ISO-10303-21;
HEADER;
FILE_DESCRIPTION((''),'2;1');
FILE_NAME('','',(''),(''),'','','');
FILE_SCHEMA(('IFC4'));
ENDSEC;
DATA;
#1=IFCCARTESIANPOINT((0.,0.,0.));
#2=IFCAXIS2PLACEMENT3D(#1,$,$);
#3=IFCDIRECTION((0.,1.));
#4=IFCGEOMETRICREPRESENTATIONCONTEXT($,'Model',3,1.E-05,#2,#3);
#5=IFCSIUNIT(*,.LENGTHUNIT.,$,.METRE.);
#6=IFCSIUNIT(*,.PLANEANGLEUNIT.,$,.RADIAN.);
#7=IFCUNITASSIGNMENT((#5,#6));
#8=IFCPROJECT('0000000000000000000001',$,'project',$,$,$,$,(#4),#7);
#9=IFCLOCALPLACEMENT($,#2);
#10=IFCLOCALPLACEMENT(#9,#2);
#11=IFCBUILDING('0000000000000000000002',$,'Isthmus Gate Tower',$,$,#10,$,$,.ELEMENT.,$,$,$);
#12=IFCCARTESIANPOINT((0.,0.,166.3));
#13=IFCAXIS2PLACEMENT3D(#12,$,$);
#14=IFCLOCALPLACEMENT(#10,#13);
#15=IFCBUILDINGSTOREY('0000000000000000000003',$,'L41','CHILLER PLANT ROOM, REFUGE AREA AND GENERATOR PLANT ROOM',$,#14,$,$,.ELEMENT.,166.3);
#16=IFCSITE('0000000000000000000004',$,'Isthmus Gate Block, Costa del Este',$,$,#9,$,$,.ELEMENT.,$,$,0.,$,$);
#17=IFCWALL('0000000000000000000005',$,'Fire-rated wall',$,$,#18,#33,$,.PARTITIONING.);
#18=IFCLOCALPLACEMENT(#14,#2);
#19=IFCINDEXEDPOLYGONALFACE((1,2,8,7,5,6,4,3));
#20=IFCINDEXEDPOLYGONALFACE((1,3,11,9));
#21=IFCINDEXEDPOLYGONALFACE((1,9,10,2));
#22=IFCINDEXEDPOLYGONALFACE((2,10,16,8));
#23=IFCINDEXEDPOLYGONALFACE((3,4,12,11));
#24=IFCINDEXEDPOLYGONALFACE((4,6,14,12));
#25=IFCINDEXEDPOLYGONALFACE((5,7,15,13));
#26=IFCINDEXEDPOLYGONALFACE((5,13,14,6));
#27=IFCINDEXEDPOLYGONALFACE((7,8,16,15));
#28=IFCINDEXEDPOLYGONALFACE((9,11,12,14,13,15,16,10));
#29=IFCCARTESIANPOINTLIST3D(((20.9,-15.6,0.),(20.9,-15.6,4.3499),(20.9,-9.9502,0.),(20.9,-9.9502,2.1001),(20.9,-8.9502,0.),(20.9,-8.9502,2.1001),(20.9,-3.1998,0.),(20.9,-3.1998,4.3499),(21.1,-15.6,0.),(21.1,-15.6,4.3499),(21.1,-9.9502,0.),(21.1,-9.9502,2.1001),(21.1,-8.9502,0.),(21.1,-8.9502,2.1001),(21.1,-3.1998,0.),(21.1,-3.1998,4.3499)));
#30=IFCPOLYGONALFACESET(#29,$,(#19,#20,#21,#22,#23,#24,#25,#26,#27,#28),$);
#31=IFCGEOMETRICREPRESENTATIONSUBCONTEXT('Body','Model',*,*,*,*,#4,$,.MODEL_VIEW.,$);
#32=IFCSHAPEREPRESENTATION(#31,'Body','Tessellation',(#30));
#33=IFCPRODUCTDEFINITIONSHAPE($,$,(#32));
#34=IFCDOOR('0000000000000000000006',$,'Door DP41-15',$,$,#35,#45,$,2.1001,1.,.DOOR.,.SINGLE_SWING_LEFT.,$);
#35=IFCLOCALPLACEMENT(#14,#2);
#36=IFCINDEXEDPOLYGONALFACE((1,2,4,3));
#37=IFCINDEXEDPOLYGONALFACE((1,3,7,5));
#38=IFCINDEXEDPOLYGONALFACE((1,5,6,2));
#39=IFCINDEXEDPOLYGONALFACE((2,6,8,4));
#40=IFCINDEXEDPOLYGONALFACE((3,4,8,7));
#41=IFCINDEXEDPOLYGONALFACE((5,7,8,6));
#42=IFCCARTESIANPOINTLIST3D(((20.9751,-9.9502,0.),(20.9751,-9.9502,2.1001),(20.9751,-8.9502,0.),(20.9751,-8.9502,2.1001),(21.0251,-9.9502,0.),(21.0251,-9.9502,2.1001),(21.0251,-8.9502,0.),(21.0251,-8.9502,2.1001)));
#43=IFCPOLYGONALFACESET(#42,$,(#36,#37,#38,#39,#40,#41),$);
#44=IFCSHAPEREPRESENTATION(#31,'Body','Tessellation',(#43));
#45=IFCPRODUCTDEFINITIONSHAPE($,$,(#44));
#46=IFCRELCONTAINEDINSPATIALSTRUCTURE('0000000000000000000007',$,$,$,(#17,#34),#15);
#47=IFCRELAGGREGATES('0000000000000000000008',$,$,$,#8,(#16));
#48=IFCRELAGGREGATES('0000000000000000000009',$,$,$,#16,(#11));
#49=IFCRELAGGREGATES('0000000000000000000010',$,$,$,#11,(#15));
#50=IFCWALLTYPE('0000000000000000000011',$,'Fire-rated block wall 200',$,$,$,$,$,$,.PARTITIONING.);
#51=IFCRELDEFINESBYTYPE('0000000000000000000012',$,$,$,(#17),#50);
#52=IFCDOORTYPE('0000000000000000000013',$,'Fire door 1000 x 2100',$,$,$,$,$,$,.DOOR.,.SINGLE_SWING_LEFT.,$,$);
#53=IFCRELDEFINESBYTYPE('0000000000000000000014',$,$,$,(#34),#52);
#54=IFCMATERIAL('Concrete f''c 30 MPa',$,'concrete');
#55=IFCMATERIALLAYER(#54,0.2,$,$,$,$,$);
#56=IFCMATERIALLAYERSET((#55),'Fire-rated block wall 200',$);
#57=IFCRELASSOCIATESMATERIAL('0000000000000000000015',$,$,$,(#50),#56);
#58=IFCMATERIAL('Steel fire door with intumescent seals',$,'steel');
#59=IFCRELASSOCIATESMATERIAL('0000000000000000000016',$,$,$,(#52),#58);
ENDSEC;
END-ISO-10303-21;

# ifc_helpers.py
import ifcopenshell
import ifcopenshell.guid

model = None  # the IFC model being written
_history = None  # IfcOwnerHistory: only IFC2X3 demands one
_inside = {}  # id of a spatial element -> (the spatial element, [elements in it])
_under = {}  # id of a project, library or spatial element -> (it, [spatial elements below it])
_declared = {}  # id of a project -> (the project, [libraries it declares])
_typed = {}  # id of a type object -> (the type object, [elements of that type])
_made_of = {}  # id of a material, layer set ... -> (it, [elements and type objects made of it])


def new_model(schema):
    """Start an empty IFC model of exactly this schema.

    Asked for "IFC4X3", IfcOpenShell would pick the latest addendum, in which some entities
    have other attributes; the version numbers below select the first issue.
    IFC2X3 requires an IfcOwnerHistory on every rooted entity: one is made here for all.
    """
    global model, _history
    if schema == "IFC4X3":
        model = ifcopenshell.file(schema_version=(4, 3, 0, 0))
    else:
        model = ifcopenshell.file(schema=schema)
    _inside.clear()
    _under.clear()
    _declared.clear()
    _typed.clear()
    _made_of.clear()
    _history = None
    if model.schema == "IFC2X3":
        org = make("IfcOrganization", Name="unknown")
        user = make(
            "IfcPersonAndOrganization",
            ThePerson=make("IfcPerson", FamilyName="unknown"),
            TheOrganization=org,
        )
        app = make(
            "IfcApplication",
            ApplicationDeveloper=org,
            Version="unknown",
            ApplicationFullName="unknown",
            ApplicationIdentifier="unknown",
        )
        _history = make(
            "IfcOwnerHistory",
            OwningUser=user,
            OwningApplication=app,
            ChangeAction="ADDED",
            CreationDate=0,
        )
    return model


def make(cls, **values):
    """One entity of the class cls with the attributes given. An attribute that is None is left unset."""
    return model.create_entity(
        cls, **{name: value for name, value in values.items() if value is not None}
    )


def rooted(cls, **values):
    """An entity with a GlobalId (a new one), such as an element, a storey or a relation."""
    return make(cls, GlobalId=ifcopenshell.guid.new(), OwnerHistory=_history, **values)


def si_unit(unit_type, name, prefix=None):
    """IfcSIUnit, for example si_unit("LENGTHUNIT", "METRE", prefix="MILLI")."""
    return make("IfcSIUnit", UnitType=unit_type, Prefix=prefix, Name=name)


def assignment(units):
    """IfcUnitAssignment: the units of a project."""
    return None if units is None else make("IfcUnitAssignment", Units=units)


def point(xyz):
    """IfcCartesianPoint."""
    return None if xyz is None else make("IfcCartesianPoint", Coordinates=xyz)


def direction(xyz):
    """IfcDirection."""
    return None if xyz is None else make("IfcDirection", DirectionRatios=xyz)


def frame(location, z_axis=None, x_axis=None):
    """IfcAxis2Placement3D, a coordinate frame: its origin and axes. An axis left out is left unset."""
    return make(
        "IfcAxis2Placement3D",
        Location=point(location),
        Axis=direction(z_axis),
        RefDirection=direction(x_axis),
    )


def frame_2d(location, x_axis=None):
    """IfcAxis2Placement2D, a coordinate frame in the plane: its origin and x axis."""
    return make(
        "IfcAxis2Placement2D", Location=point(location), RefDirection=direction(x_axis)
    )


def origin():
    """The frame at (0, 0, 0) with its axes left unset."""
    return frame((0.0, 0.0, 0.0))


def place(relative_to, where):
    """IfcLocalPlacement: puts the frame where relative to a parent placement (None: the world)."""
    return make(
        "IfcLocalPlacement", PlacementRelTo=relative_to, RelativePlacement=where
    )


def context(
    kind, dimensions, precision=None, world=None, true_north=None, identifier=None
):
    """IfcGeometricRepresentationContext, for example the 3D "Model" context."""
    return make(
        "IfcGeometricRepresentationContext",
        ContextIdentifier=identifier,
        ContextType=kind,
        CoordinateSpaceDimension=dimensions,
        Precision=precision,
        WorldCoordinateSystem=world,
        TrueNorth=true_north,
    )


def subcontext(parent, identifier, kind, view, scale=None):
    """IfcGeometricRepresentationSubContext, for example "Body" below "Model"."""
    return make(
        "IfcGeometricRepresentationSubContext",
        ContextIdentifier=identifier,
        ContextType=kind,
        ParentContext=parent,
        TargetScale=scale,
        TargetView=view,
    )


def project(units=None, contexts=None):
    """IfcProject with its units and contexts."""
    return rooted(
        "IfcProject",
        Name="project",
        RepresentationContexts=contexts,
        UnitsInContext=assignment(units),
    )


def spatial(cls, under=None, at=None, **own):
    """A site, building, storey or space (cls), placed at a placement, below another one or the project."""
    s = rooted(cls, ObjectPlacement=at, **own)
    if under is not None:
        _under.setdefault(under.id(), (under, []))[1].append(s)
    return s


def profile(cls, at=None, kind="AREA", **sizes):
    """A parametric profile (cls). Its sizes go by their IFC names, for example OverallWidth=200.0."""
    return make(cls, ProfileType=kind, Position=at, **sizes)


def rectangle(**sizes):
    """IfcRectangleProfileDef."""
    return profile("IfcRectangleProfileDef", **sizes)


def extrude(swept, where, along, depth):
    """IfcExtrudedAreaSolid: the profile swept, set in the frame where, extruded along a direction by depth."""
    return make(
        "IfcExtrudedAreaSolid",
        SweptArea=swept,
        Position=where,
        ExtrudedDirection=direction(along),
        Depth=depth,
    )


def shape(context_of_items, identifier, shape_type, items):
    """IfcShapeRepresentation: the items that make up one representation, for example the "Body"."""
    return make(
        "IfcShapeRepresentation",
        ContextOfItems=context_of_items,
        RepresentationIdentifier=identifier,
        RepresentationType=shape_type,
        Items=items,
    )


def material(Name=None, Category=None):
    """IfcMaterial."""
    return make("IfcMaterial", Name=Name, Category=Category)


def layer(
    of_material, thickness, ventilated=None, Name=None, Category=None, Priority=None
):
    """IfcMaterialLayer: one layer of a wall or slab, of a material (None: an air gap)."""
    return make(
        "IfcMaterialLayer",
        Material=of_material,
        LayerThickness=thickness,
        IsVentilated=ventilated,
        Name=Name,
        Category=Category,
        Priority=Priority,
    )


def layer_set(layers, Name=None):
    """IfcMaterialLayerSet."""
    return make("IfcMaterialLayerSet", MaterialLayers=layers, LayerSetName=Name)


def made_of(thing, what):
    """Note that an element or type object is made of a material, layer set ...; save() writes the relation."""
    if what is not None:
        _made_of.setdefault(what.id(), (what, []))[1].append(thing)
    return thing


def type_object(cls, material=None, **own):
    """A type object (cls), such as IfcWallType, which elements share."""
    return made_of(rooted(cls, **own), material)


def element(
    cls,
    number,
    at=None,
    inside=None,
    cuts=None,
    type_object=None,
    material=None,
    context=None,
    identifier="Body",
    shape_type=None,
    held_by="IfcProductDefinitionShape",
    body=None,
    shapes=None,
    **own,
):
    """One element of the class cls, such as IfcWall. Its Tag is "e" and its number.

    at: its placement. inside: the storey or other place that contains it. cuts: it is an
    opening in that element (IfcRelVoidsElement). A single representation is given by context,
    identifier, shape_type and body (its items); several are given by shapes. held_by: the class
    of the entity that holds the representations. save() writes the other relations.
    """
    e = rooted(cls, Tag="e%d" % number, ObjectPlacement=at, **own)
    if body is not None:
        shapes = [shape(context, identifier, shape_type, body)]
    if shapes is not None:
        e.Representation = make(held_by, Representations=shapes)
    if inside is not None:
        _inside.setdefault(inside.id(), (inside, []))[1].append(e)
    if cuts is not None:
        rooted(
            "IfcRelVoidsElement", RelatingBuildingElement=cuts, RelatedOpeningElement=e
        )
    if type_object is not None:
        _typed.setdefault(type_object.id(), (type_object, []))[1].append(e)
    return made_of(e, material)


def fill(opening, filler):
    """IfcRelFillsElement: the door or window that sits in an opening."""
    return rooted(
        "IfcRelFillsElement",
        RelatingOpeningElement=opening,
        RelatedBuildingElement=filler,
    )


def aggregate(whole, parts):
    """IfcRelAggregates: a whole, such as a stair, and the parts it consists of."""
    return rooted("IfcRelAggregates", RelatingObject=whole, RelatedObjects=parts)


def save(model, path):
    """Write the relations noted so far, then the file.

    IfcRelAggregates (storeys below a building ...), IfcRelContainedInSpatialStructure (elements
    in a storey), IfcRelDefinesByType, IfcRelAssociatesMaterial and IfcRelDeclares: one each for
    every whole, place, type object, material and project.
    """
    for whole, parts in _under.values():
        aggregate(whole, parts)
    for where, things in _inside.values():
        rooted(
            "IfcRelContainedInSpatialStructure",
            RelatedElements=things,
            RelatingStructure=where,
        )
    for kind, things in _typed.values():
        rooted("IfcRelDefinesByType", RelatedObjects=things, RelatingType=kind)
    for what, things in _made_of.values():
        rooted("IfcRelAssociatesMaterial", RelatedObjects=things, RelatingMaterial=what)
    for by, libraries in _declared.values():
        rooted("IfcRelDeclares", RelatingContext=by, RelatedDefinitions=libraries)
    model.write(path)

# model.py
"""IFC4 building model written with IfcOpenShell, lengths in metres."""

from ifc_helpers import new_model, si_unit, direction, frame, frame_2d, origin, place, context, subcontext, project, spatial, rectangle, extrude, material, layer, layer_set, type_object, element, fill, save


model = new_model("IFC4")

# Units and contexts
model_context = context("Model", 3, precision=1e-05, world=origin(), true_north=direction((0.0, 1.0)))
body_context = subcontext(model_context, "Body", "Model", "MODEL_VIEW")
ifc_project = project(units=[si_unit("LENGTHUNIT", "METRE"), si_unit("PLANEANGLEUNIT", "RADIAN")], contexts=[model_context])

# Site, building, storey
site_placement = place(None, origin())
site = spatial("IfcSite", under=ifc_project, at=site_placement, Name="Isthmus Gate Block, Costa del Este", CompositionType="ELEMENT", RefElevation=0.0)
building_placement = place(site_placement, origin())
building = spatial("IfcBuilding", under=site, at=building_placement, Name="Isthmus Gate Tower", CompositionType="ELEMENT")
storey_placement = place(building_placement, frame((0.0, 0.0, 166.3)))
storey = spatial("IfcBuildingStorey", under=building, at=storey_placement, Name="L41", Description="CHILLER PLANT ROOM, REFUGE AREA AND GENERATOR PLANT ROOM", CompositionType="ELEMENT", Elevation=166.3)

# Shared definitions
ifc_material_1 = material(Name="Concrete f'c 30 MPa", Category="concrete")
ifc_layer_1 = layer(ifc_material_1, 0.2)
ifc_layer_set_1 = layer_set([ifc_layer_1], Name="Fire-rated block wall 200")
wall_type = type_object("IfcWallType", Name="Fire-rated block wall 200", PredefinedType="PARTITIONING", material=ifc_layer_set_1)

# Wall, opening, door
ifc_material_2 = material(Name="Steel fire door with intumescent seals", Category="steel")
door_type = type_object("IfcDoorType", Name="Fire door 1000 x 2100", OperationType="SINGLE_SWING_LEFT", PredefinedType="DOOR", material=ifc_material_2)
wall_1_placement = place(storey_placement, frame((21.0, -15.6001, 0.0), z_axis=(0.0, 0.0, 1.0), x_axis=(0.0, 1.0, 0.0)))
wall_1 = element("IfcWall", 1, at=wall_1_placement, inside=storey, type_object=wall_type, Name="Fire-rated wall", PredefinedType="PARTITIONING", context=body_context, shape_type="SweptSolid", body=[
    extrude(rectangle(XDim=12.4001, YDim=0.2, at=frame_2d((6.2002, 0.0))), origin(), (0.0, 0.0, 1.0), 4.3499),
])
opening_1_placement = place(wall_1_placement, frame((5.6499, 0.0, 0.0)))
opening_1 = element("IfcOpeningElement", 2, at=opening_1_placement, cuts=wall_1, PredefinedType="OPENING", context=body_context, shape_type="SweptSolid", body=[
    extrude(rectangle(XDim=1.0, YDim=2.1001, at=frame_2d((0.5, 1.05))), frame((0.0, 0.1099, 0.0), z_axis=(0.0, -1.0, 0.0), x_axis=(1.0, 0.0, 0.0)), (0.0, 0.0, 1.0), 0.22),
])
door_1_placement = place(opening_1_placement, origin())
door_1 = element("IfcDoor", 3, at=door_1_placement, inside=storey, type_object=door_type, Name="Door DP41-15", OperationType="SINGLE_SWING_LEFT", OverallHeight=2.1001, OverallWidth=1.0, PredefinedType="DOOR", context=body_context, shape_type="SweptSolid", body=[
    extrude(rectangle(XDim=1.0, YDim=2.1001, at=frame_2d((0.5, 1.05))), frame((0.0, 0.0249, 0.0), z_axis=(0.0, -1.0, 0.0), x_axis=(1.0, 0.0, 0.0)), (0.0, 0.0, 1.0), 0.05),
])
fill(opening_1, door_1)

save(model, "model.ifc")
